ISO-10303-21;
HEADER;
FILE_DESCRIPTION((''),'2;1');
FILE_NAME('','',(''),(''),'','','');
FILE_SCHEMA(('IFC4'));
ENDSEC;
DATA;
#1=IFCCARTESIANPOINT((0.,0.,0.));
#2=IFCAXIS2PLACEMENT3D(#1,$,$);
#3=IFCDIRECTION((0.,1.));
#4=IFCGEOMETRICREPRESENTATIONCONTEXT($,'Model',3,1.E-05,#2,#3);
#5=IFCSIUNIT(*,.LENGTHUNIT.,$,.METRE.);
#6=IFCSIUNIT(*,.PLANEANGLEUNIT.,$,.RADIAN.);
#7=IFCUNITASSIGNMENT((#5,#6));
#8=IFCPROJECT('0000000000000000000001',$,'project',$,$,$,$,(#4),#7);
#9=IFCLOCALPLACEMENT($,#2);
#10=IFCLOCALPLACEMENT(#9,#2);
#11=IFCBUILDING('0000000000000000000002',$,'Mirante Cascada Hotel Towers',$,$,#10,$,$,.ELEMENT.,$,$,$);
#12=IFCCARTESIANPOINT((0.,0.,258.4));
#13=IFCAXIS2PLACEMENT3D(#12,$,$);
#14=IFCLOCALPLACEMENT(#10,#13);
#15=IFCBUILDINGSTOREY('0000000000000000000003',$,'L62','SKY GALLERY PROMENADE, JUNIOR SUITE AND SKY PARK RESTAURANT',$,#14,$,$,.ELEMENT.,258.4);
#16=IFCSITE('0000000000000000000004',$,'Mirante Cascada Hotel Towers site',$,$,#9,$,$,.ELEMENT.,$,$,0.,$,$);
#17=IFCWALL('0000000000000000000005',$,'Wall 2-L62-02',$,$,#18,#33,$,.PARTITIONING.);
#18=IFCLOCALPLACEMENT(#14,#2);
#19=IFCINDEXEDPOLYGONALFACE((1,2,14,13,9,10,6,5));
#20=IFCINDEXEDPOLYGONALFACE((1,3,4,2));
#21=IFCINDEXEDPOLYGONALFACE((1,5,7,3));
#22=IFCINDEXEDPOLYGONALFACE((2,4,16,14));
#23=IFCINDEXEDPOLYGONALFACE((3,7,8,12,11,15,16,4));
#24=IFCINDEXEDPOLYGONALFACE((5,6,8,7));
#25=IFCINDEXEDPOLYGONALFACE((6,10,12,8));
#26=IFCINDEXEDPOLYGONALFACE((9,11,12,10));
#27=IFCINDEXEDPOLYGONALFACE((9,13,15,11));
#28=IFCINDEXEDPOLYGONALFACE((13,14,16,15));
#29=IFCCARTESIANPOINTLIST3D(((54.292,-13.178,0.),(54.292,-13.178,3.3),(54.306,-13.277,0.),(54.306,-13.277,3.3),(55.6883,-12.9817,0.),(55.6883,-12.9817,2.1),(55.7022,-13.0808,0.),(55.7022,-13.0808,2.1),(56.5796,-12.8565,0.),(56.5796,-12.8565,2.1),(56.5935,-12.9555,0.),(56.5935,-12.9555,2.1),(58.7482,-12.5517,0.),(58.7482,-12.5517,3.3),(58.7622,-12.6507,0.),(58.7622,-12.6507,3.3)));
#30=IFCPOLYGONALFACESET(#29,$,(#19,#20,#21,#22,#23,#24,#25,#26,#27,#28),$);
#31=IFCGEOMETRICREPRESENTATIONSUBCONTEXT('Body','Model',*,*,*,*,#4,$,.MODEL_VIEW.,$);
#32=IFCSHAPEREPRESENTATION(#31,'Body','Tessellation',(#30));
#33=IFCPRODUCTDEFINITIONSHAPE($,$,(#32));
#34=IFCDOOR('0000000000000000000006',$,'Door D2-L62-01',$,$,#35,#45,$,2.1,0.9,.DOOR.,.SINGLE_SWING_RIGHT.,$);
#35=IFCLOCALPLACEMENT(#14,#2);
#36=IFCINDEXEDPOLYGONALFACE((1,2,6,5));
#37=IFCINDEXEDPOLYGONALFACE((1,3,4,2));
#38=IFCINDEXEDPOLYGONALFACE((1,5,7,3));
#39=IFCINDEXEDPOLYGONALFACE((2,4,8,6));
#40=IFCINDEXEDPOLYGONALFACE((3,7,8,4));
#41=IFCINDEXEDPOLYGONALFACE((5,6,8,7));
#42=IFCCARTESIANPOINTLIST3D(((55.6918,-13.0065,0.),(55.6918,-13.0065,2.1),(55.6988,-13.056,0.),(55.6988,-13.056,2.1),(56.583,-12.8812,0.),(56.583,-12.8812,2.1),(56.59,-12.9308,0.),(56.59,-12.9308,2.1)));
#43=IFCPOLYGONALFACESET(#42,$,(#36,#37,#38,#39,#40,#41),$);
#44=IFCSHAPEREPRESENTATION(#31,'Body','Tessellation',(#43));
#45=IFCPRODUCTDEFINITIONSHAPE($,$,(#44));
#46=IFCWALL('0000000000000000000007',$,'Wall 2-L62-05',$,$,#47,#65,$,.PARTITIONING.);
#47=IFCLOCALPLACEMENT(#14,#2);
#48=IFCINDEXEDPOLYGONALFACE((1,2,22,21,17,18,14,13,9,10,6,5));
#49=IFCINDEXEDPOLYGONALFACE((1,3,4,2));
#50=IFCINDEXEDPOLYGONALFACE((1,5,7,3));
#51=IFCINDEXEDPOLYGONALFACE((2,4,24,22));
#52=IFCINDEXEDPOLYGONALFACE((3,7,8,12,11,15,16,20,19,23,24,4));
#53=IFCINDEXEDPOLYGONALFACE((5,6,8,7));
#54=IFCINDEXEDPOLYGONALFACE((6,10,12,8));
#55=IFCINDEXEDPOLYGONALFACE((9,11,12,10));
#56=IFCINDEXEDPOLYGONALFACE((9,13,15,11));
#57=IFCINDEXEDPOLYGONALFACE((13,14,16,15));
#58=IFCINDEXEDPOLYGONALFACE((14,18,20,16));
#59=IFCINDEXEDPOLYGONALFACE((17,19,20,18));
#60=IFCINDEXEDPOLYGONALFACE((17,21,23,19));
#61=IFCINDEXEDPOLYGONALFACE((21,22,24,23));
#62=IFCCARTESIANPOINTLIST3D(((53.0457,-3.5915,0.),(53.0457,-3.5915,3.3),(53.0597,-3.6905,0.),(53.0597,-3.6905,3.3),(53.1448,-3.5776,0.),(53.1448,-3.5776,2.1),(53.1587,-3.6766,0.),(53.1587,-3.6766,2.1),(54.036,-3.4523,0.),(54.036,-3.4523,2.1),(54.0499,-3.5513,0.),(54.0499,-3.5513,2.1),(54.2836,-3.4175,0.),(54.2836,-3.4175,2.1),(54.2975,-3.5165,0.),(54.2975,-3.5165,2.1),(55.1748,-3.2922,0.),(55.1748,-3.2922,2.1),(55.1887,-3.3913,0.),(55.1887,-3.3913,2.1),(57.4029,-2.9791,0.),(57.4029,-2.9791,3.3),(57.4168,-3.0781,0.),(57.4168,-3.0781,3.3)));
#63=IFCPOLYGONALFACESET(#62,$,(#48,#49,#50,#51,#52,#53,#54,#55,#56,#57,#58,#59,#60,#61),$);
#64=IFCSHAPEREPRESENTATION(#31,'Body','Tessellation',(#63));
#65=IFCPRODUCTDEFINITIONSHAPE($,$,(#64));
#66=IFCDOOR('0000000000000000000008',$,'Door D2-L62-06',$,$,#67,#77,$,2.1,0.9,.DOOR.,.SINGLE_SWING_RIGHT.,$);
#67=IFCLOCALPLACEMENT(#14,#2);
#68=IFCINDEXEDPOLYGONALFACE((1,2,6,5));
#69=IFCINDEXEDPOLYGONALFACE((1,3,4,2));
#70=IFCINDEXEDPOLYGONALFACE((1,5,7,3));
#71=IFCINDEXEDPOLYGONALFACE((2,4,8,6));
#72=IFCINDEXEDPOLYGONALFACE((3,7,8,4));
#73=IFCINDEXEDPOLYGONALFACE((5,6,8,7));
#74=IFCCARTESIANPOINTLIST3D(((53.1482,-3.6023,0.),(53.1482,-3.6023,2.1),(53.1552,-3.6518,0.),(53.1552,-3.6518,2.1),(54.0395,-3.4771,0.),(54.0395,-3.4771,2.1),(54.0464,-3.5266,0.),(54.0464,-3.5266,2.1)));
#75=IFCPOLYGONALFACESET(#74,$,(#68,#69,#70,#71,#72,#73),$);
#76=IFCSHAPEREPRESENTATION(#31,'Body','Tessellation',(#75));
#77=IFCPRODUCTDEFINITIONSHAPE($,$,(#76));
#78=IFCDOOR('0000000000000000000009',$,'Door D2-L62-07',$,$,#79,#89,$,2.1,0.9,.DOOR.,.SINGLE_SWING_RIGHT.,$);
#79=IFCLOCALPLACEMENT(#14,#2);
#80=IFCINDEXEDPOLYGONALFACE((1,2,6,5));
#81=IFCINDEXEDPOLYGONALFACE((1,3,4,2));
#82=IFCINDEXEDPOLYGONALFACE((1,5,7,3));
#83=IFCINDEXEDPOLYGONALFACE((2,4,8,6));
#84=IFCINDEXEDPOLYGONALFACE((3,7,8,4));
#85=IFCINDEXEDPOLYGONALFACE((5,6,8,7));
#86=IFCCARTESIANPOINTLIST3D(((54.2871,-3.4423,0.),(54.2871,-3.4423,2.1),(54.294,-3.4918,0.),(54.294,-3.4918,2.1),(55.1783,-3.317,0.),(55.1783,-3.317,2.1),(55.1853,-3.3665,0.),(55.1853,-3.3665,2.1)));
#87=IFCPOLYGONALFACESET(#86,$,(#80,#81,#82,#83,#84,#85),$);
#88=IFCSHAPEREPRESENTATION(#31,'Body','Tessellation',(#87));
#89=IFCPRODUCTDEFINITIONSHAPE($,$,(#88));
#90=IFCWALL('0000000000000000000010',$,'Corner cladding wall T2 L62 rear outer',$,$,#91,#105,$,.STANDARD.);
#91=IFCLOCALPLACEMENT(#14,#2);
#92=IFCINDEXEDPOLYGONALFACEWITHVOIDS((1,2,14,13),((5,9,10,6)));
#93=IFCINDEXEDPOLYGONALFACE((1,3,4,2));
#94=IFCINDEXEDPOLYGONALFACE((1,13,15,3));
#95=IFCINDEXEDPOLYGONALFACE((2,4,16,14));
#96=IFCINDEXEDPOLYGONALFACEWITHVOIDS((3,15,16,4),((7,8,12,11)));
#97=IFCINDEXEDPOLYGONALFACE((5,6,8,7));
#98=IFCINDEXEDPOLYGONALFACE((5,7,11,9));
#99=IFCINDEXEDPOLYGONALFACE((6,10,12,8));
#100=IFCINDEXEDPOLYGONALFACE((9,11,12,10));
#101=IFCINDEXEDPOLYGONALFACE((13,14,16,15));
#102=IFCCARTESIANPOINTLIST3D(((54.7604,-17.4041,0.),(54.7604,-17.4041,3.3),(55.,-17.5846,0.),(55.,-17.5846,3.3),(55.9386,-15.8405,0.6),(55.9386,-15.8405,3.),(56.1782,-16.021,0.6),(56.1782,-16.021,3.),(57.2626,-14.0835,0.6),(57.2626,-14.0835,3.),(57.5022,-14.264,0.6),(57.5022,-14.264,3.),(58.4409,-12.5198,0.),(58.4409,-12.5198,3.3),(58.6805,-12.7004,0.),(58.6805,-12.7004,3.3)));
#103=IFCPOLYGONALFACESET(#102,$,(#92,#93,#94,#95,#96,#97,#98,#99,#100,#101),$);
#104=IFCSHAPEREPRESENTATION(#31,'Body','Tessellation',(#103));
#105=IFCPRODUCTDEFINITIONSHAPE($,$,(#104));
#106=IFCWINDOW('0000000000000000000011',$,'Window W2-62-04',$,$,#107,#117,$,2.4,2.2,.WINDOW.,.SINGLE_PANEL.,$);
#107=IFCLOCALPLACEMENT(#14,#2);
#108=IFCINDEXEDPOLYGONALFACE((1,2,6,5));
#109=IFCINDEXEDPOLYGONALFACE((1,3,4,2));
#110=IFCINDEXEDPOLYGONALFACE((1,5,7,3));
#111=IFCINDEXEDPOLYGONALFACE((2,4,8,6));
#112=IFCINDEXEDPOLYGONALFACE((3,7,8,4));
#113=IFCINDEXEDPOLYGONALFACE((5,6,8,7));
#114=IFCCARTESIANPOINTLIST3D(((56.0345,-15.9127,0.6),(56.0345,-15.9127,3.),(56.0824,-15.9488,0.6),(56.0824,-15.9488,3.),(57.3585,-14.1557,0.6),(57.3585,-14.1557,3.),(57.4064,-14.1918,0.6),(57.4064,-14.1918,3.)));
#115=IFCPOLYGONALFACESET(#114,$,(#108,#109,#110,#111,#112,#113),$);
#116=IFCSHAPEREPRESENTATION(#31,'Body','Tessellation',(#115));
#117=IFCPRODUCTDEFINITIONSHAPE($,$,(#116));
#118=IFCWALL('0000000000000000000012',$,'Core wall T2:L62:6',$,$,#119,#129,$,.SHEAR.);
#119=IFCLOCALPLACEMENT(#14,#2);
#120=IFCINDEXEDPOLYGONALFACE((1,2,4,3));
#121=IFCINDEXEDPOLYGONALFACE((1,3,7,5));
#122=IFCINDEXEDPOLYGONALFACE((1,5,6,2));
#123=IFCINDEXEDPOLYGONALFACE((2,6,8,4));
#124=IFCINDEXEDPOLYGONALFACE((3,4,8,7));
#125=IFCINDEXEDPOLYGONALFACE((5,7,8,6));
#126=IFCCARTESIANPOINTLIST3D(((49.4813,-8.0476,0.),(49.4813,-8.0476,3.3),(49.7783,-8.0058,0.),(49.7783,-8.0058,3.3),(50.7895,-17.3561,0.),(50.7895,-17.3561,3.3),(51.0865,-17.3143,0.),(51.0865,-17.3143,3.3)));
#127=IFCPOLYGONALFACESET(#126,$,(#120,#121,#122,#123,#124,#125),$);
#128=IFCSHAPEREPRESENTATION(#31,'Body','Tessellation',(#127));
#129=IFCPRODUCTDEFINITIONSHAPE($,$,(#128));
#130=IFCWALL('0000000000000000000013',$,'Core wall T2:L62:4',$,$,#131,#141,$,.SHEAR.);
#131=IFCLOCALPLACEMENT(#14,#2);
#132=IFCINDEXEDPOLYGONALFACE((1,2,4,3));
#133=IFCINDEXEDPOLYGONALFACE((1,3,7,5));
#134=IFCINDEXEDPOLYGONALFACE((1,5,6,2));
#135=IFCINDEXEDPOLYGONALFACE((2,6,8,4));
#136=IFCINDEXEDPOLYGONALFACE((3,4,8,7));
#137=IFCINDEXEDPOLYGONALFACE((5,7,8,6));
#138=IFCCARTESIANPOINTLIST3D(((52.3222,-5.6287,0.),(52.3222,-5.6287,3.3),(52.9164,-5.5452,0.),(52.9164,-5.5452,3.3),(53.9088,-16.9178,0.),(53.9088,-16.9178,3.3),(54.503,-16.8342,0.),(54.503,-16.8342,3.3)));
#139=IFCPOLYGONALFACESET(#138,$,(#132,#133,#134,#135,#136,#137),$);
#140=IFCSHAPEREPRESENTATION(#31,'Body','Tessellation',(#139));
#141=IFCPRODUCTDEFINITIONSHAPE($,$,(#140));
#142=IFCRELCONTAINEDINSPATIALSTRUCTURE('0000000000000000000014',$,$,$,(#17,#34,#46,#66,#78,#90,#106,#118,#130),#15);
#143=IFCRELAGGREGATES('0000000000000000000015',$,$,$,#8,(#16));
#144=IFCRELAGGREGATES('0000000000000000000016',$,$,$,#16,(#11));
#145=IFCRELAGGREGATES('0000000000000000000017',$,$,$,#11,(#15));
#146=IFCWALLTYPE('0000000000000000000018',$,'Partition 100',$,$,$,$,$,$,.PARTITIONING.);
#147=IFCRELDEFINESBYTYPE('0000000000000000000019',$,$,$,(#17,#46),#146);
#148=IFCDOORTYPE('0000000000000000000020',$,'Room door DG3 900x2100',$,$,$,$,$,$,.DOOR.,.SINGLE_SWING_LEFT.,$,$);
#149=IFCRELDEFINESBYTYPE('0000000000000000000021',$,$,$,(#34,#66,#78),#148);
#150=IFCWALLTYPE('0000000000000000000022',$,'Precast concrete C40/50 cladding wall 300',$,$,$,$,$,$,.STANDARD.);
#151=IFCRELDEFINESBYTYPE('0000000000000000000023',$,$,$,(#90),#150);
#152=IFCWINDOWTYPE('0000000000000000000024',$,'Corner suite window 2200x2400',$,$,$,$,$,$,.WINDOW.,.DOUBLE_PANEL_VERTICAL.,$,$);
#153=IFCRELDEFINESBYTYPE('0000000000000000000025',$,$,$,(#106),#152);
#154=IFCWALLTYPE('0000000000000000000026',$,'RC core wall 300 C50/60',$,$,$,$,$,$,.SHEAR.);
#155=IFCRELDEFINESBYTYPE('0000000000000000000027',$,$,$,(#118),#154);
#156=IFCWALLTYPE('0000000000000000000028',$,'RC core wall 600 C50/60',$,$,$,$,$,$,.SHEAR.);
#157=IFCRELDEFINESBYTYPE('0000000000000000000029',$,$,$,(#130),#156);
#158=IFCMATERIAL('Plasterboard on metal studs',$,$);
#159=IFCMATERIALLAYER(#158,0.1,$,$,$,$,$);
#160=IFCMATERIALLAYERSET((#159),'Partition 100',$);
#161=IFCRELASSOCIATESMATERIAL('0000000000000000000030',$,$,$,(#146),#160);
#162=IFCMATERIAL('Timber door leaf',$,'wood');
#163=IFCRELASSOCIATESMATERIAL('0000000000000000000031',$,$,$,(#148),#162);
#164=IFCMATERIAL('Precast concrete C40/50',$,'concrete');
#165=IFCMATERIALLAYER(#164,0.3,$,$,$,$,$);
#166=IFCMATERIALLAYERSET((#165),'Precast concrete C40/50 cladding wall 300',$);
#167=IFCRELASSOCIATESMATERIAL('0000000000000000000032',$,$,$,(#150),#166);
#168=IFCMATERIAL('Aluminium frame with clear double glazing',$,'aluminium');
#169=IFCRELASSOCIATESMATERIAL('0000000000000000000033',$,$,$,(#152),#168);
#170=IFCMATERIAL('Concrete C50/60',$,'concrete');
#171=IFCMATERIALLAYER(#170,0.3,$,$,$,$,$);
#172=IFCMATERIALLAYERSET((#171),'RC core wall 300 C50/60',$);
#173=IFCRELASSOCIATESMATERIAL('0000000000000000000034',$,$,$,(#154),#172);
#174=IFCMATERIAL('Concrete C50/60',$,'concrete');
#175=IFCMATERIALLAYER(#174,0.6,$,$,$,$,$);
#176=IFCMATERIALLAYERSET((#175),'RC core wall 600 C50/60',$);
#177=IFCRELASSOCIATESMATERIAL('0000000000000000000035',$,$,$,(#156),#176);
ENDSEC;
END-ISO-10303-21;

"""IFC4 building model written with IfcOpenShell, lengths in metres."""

from ifc_helpers import new_model, si_unit, direction, frame, frame_2d, origin, place, context, subcontext, project, spatial, rectangle, extrude, material, layer, layer_set, type_object, element, fill, save


model = new_model("IFC4")

# Units and contexts
model_context = context("Model", 3, precision=1e-05, world=origin(), true_north=direction((0.0, 1.0)))
body_context = subcontext(model_context, "Body", "Model", "MODEL_VIEW")
ifc_project = project(units=[si_unit("LENGTHUNIT", "METRE"), si_unit("PLANEANGLEUNIT", "RADIAN")], contexts=[model_context])

# Site, building, storey
site_placement = place(None, origin())
site = spatial("IfcSite", under=ifc_project, at=site_placement, Name="Mirante Cascada Hotel Towers site", CompositionType="ELEMENT", RefElevation=0.0)
building_placement = place(site_placement, origin())
building = spatial("IfcBuilding", under=site, at=building_placement, Name="Mirante Cascada Hotel Towers", CompositionType="ELEMENT")
storey_placement = place(building_placement, frame((0.0, 0.0, 258.4)))
storey = spatial("IfcBuildingStorey", under=building, at=storey_placement, Name="L62", Description="SKY GALLERY PROMENADE, JUNIOR SUITE AND SKY PARK RESTAURANT", CompositionType="ELEMENT", Elevation=258.4)

# Wall, opening, door
ifc_material_1 = material(Name="Plasterboard on metal studs")
ifc_layer_1 = layer(ifc_material_1, 0.1)
ifc_layer_set_1 = layer_set([ifc_layer_1], Name="Partition 100")
wall_type_1 = type_object("IfcWallType", Name="Partition 100", PredefinedType="PARTITIONING", material=ifc_layer_set_1)
wall_1_placement = place(storey_placement, frame((58.7552, -12.6012, 0.0), z_axis=(0.0, 0.0, 1.0), x_axis=(-0.990267, -0.139178, 0.0)))
wall_1 = element("IfcWall", 1, at=wall_1_placement, inside=storey, type_object=wall_type_1, Name="Wall 2-L62-02", PredefinedType="PARTITIONING", context=body_context, shape_type="SweptSolid", body=[
    extrude(rectangle(XDim=4.5, YDim=0.1, at=frame_2d((2.25, 0.0))), origin(), (0.0, 0.0, 1.0), 3.3),
])
opening_1_placement = place(wall_1_placement, frame((2.19, 0.0, 0.0)))
opening_1 = element("IfcOpeningElement", 2, at=opening_1_placement, cuts=wall_1, PredefinedType="OPENING", context=body_context, shape_type="SweptSolid", body=[
    extrude(rectangle(XDim=0.9, YDim=2.1, at=frame_2d((0.45, 1.05))), frame((0.0, 0.05, 0.0), z_axis=(0.0, -1.0, 0.0), x_axis=(1.0, 0.0, 0.0)), (0.0, 0.0, 1.0), 0.1),
])
ifc_material_2 = material(Name="Timber door leaf", Category="wood")
door_type_1 = type_object("IfcDoorType", Name="Room door DG3 900x2100", OperationType="SINGLE_SWING_LEFT", PredefinedType="DOOR", material=ifc_material_2)
door_1_placement = place(opening_1_placement, frame((0.9, 0.0, 0.0), z_axis=(0.0, 0.0, 1.0), x_axis=(-1.0, 0.0, 0.0)))
door_1 = element("IfcDoor", 3, at=door_1_placement, inside=storey, type_object=door_type_1, Name="Door D2-L62-01", OperationType="SINGLE_SWING_RIGHT", OverallHeight=2.1, OverallWidth=0.9, PredefinedType="DOOR", context=body_context, shape_type="SweptSolid", body=[
    extrude(rectangle(XDim=0.9, YDim=2.1, at=frame_2d((0.45, 1.05))), frame((0.0, 0.025, 0.0), z_axis=(0.0, -1.0, 0.0), x_axis=(1.0, 0.0, 0.0)), (0.0, 0.0, 1.0), 0.05),
])
fill(opening_1, door_1)

# Wall, openings, doors
wall_2_placement = place(storey_placement, frame((53.0527, -3.641, 0.0), z_axis=(0.0, 0.0, 1.0), x_axis=(0.990267, 0.139181, 0.0)))
wall_2 = element("IfcWall", 4, at=wall_2_placement, inside=storey, type_object=wall_type_1, Name="Wall 2-L62-05", PredefinedType="PARTITIONING", context=body_context, shape_type="SweptSolid", body=[
    extrude(rectangle(XDim=4.4, YDim=0.1, at=frame_2d((2.2, 0.0))), origin(), (0.0, 0.0, 1.0), 3.3),
])
opening_2_placement = place(wall_2_placement, frame((0.1, 0.0, 0.0)))
opening_2 = element("IfcOpeningElement", 5, at=opening_2_placement, cuts=wall_2, PredefinedType="OPENING", context=body_context, shape_type="SweptSolid", body=[
    extrude(rectangle(XDim=0.9, YDim=2.1, at=frame_2d((0.45, 1.05))), frame((0.0, 0.05, 0.0), z_axis=(0.0, -1.0, 0.0), x_axis=(1.0, 0.0, 0.0)), (0.0, 0.0, 1.0), 0.1),
])
opening_3_placement = place(wall_2_placement, frame((1.25, 0.0, 0.0)))
opening_3 = element("IfcOpeningElement", 6, at=opening_3_placement, cuts=wall_2, PredefinedType="OPENING", context=body_context, shape_type="SweptSolid", body=[
    extrude(rectangle(XDim=0.9, YDim=2.1, at=frame_2d((0.45, 1.05))), frame((0.0, 0.05, 0.0), z_axis=(0.0, -1.0, 0.0), x_axis=(1.0, 0.0, 0.0)), (0.0, 0.0, 1.0), 0.1),
])
door_2_placement = place(opening_2_placement, frame((0.9, 0.0, 0.0), z_axis=(0.0, 0.0, 1.0), x_axis=(-1.0, 0.0, 0.0)))
door_2 = element("IfcDoor", 7, at=door_2_placement, inside=storey, type_object=door_type_1, Name="Door D2-L62-06", OperationType="SINGLE_SWING_RIGHT", OverallHeight=2.1, OverallWidth=0.9, PredefinedType="DOOR", context=body_context, shape_type="SweptSolid", body=[
    extrude(rectangle(XDim=0.9, YDim=2.1, at=frame_2d((0.45, 1.05))), frame((0.0, 0.025, 0.0), z_axis=(0.0, -1.0, 0.0), x_axis=(1.0, 0.0, 0.0)), (0.0, 0.0, 1.0), 0.05),
])
fill(opening_2, door_2)
door_3_placement = place(opening_3_placement, frame((0.9, 0.0, 0.0), z_axis=(0.0, 0.0, 1.0), x_axis=(-1.0, 0.0, 0.0)))
door_3 = element("IfcDoor", 8, at=door_3_placement, inside=storey, type_object=door_type_1, Name="Door D2-L62-07", OperationType="SINGLE_SWING_RIGHT", OverallHeight=2.1, OverallWidth=0.9, PredefinedType="DOOR", context=body_context, shape_type="SweptSolid", body=[
    extrude(rectangle(XDim=0.9, YDim=2.1, at=frame_2d((0.45, 1.05))), frame((0.0, 0.025, 0.0), z_axis=(0.0, -1.0, 0.0), x_axis=(1.0, 0.0, 0.0)), (0.0, 0.0, 1.0), 0.05),
])
fill(opening_3, door_3)

# Wall, opening, window
ifc_material_3 = material(Name="Precast concrete C40/50", Category="concrete")
ifc_layer_2 = layer(ifc_material_3, 0.3)
ifc_layer_set_2 = layer_set([ifc_layer_2], Name="Precast concrete C40/50 cladding wall 300")
wall_type_2 = type_object("IfcWallType", Name="Precast concrete C40/50 cladding wall 300", PredefinedType="STANDARD", material=ifc_layer_set_2)
wall_3_placement = place(storey_placement, frame((54.8802, -17.4943, 0.0), z_axis=(0.0, 0.0, 1.0), x_axis=(0.601814, 0.798636, 0.0)))
wall_3 = element("IfcWall", 9, at=wall_3_placement, inside=storey, type_object=wall_type_2, Name="Corner cladding wall T2 L62 rear outer", PredefinedType="STANDARD", context=body_context, shape_type="SweptSolid", body=[
    extrude(rectangle(XDim=6.1157, YDim=0.3, at=frame_2d((3.0578, 0.0))), origin(), (0.0, 0.0, 1.0), 3.3),
])
opening_4_placement = place(wall_3_placement, frame((1.9578, 0.0, 0.6)))
opening_4 = element("IfcOpeningElement", 10, at=opening_4_placement, cuts=wall_3, PredefinedType="OPENING", context=body_context, shape_type="SweptSolid", body=[
    extrude(rectangle(XDim=2.2, YDim=2.4, at=frame_2d((1.1, 1.2))), frame((0.0, 0.15, 0.0), z_axis=(0.0, -1.0, 0.0), x_axis=(1.0, 0.0, 0.0)), (0.0, 0.0, 1.0), 0.3),
])
ifc_material_4 = material(Name="Aluminium frame with clear double glazing", Category="aluminium")
window_type = type_object("IfcWindowType", Name="Corner suite window 2200x2400", PartitioningType="DOUBLE_PANEL_VERTICAL", PredefinedType="WINDOW", material=ifc_material_4)
window_placement = place(opening_4_placement, origin())
window = element("IfcWindow", 11, at=window_placement, inside=storey, type_object=window_type, Name="Window W2-62-04", OverallHeight=2.4, OverallWidth=2.2, PartitioningType="SINGLE_PANEL", PredefinedType="WINDOW", context=body_context, shape_type="SweptSolid", body=[
    extrude(rectangle(XDim=2.2, YDim=2.4, at=frame_2d((1.1, 1.2))), frame((0.0, 0.03, 0.0), z_axis=(0.0, -1.0, 0.0), x_axis=(1.0, 0.0, 0.0)), (0.0, 0.0, 1.0), 0.06),
])
fill(opening_4, window)

# Walls
ifc_material_5 = material(Name="Concrete C50/60", Category="concrete")
ifc_layer_3 = layer(ifc_material_5, 0.3)
ifc_layer_set_3 = layer_set([ifc_layer_3], Name="RC core wall 300 C50/60")
wall_type_3 = type_object("IfcWallType", Name="RC core wall 300 C50/60", PredefinedType="SHEAR", material=ifc_layer_set_3)
wall_4_placement = place(storey_placement, frame((50.938, -17.3352, 0.0), z_axis=(0.0, 0.0, 1.0), x_axis=(-0.139171, 0.990268, 0.0)))
element("IfcWall", 12, at=wall_4_placement, inside=storey, type_object=wall_type_3, Name="Core wall T2:L62:6", PredefinedType="SHEAR", context=body_context, shape_type="SweptSolid", body=[
    extrude(rectangle(XDim=9.4, YDim=0.3, at=frame_2d((4.7, 0.0))), origin(), (0.0, 0.0, 1.0), 3.3),
])
ifc_material_6 = material(Name="Concrete C50/60", Category="concrete")
ifc_layer_4 = layer(ifc_material_6, 0.6)
ifc_layer_set_4 = layer_set([ifc_layer_4], Name="RC core wall 600 C50/60")
wall_type_4 = type_object("IfcWallType", Name="RC core wall 600 C50/60", PredefinedType="SHEAR", material=ifc_layer_set_4)
wall_5_placement = place(storey_placement, frame((54.2059, -16.876, 0.0), z_axis=(0.0, 0.0, 1.0), x_axis=(-0.139175, 0.990268, 0.0)))
element("IfcWall", 13, at=wall_5_placement, inside=storey, type_object=wall_type_4, Name="Core wall T2:L62:4", PredefinedType="SHEAR", context=body_context, shape_type="SweptSolid", body=[
    extrude(rectangle(XDim=11.4, YDim=0.6, at=frame_2d((5.7, 0.0))), origin(), (0.0, 0.0, 1.0), 3.3),
])

save(model, "model.ifc")
